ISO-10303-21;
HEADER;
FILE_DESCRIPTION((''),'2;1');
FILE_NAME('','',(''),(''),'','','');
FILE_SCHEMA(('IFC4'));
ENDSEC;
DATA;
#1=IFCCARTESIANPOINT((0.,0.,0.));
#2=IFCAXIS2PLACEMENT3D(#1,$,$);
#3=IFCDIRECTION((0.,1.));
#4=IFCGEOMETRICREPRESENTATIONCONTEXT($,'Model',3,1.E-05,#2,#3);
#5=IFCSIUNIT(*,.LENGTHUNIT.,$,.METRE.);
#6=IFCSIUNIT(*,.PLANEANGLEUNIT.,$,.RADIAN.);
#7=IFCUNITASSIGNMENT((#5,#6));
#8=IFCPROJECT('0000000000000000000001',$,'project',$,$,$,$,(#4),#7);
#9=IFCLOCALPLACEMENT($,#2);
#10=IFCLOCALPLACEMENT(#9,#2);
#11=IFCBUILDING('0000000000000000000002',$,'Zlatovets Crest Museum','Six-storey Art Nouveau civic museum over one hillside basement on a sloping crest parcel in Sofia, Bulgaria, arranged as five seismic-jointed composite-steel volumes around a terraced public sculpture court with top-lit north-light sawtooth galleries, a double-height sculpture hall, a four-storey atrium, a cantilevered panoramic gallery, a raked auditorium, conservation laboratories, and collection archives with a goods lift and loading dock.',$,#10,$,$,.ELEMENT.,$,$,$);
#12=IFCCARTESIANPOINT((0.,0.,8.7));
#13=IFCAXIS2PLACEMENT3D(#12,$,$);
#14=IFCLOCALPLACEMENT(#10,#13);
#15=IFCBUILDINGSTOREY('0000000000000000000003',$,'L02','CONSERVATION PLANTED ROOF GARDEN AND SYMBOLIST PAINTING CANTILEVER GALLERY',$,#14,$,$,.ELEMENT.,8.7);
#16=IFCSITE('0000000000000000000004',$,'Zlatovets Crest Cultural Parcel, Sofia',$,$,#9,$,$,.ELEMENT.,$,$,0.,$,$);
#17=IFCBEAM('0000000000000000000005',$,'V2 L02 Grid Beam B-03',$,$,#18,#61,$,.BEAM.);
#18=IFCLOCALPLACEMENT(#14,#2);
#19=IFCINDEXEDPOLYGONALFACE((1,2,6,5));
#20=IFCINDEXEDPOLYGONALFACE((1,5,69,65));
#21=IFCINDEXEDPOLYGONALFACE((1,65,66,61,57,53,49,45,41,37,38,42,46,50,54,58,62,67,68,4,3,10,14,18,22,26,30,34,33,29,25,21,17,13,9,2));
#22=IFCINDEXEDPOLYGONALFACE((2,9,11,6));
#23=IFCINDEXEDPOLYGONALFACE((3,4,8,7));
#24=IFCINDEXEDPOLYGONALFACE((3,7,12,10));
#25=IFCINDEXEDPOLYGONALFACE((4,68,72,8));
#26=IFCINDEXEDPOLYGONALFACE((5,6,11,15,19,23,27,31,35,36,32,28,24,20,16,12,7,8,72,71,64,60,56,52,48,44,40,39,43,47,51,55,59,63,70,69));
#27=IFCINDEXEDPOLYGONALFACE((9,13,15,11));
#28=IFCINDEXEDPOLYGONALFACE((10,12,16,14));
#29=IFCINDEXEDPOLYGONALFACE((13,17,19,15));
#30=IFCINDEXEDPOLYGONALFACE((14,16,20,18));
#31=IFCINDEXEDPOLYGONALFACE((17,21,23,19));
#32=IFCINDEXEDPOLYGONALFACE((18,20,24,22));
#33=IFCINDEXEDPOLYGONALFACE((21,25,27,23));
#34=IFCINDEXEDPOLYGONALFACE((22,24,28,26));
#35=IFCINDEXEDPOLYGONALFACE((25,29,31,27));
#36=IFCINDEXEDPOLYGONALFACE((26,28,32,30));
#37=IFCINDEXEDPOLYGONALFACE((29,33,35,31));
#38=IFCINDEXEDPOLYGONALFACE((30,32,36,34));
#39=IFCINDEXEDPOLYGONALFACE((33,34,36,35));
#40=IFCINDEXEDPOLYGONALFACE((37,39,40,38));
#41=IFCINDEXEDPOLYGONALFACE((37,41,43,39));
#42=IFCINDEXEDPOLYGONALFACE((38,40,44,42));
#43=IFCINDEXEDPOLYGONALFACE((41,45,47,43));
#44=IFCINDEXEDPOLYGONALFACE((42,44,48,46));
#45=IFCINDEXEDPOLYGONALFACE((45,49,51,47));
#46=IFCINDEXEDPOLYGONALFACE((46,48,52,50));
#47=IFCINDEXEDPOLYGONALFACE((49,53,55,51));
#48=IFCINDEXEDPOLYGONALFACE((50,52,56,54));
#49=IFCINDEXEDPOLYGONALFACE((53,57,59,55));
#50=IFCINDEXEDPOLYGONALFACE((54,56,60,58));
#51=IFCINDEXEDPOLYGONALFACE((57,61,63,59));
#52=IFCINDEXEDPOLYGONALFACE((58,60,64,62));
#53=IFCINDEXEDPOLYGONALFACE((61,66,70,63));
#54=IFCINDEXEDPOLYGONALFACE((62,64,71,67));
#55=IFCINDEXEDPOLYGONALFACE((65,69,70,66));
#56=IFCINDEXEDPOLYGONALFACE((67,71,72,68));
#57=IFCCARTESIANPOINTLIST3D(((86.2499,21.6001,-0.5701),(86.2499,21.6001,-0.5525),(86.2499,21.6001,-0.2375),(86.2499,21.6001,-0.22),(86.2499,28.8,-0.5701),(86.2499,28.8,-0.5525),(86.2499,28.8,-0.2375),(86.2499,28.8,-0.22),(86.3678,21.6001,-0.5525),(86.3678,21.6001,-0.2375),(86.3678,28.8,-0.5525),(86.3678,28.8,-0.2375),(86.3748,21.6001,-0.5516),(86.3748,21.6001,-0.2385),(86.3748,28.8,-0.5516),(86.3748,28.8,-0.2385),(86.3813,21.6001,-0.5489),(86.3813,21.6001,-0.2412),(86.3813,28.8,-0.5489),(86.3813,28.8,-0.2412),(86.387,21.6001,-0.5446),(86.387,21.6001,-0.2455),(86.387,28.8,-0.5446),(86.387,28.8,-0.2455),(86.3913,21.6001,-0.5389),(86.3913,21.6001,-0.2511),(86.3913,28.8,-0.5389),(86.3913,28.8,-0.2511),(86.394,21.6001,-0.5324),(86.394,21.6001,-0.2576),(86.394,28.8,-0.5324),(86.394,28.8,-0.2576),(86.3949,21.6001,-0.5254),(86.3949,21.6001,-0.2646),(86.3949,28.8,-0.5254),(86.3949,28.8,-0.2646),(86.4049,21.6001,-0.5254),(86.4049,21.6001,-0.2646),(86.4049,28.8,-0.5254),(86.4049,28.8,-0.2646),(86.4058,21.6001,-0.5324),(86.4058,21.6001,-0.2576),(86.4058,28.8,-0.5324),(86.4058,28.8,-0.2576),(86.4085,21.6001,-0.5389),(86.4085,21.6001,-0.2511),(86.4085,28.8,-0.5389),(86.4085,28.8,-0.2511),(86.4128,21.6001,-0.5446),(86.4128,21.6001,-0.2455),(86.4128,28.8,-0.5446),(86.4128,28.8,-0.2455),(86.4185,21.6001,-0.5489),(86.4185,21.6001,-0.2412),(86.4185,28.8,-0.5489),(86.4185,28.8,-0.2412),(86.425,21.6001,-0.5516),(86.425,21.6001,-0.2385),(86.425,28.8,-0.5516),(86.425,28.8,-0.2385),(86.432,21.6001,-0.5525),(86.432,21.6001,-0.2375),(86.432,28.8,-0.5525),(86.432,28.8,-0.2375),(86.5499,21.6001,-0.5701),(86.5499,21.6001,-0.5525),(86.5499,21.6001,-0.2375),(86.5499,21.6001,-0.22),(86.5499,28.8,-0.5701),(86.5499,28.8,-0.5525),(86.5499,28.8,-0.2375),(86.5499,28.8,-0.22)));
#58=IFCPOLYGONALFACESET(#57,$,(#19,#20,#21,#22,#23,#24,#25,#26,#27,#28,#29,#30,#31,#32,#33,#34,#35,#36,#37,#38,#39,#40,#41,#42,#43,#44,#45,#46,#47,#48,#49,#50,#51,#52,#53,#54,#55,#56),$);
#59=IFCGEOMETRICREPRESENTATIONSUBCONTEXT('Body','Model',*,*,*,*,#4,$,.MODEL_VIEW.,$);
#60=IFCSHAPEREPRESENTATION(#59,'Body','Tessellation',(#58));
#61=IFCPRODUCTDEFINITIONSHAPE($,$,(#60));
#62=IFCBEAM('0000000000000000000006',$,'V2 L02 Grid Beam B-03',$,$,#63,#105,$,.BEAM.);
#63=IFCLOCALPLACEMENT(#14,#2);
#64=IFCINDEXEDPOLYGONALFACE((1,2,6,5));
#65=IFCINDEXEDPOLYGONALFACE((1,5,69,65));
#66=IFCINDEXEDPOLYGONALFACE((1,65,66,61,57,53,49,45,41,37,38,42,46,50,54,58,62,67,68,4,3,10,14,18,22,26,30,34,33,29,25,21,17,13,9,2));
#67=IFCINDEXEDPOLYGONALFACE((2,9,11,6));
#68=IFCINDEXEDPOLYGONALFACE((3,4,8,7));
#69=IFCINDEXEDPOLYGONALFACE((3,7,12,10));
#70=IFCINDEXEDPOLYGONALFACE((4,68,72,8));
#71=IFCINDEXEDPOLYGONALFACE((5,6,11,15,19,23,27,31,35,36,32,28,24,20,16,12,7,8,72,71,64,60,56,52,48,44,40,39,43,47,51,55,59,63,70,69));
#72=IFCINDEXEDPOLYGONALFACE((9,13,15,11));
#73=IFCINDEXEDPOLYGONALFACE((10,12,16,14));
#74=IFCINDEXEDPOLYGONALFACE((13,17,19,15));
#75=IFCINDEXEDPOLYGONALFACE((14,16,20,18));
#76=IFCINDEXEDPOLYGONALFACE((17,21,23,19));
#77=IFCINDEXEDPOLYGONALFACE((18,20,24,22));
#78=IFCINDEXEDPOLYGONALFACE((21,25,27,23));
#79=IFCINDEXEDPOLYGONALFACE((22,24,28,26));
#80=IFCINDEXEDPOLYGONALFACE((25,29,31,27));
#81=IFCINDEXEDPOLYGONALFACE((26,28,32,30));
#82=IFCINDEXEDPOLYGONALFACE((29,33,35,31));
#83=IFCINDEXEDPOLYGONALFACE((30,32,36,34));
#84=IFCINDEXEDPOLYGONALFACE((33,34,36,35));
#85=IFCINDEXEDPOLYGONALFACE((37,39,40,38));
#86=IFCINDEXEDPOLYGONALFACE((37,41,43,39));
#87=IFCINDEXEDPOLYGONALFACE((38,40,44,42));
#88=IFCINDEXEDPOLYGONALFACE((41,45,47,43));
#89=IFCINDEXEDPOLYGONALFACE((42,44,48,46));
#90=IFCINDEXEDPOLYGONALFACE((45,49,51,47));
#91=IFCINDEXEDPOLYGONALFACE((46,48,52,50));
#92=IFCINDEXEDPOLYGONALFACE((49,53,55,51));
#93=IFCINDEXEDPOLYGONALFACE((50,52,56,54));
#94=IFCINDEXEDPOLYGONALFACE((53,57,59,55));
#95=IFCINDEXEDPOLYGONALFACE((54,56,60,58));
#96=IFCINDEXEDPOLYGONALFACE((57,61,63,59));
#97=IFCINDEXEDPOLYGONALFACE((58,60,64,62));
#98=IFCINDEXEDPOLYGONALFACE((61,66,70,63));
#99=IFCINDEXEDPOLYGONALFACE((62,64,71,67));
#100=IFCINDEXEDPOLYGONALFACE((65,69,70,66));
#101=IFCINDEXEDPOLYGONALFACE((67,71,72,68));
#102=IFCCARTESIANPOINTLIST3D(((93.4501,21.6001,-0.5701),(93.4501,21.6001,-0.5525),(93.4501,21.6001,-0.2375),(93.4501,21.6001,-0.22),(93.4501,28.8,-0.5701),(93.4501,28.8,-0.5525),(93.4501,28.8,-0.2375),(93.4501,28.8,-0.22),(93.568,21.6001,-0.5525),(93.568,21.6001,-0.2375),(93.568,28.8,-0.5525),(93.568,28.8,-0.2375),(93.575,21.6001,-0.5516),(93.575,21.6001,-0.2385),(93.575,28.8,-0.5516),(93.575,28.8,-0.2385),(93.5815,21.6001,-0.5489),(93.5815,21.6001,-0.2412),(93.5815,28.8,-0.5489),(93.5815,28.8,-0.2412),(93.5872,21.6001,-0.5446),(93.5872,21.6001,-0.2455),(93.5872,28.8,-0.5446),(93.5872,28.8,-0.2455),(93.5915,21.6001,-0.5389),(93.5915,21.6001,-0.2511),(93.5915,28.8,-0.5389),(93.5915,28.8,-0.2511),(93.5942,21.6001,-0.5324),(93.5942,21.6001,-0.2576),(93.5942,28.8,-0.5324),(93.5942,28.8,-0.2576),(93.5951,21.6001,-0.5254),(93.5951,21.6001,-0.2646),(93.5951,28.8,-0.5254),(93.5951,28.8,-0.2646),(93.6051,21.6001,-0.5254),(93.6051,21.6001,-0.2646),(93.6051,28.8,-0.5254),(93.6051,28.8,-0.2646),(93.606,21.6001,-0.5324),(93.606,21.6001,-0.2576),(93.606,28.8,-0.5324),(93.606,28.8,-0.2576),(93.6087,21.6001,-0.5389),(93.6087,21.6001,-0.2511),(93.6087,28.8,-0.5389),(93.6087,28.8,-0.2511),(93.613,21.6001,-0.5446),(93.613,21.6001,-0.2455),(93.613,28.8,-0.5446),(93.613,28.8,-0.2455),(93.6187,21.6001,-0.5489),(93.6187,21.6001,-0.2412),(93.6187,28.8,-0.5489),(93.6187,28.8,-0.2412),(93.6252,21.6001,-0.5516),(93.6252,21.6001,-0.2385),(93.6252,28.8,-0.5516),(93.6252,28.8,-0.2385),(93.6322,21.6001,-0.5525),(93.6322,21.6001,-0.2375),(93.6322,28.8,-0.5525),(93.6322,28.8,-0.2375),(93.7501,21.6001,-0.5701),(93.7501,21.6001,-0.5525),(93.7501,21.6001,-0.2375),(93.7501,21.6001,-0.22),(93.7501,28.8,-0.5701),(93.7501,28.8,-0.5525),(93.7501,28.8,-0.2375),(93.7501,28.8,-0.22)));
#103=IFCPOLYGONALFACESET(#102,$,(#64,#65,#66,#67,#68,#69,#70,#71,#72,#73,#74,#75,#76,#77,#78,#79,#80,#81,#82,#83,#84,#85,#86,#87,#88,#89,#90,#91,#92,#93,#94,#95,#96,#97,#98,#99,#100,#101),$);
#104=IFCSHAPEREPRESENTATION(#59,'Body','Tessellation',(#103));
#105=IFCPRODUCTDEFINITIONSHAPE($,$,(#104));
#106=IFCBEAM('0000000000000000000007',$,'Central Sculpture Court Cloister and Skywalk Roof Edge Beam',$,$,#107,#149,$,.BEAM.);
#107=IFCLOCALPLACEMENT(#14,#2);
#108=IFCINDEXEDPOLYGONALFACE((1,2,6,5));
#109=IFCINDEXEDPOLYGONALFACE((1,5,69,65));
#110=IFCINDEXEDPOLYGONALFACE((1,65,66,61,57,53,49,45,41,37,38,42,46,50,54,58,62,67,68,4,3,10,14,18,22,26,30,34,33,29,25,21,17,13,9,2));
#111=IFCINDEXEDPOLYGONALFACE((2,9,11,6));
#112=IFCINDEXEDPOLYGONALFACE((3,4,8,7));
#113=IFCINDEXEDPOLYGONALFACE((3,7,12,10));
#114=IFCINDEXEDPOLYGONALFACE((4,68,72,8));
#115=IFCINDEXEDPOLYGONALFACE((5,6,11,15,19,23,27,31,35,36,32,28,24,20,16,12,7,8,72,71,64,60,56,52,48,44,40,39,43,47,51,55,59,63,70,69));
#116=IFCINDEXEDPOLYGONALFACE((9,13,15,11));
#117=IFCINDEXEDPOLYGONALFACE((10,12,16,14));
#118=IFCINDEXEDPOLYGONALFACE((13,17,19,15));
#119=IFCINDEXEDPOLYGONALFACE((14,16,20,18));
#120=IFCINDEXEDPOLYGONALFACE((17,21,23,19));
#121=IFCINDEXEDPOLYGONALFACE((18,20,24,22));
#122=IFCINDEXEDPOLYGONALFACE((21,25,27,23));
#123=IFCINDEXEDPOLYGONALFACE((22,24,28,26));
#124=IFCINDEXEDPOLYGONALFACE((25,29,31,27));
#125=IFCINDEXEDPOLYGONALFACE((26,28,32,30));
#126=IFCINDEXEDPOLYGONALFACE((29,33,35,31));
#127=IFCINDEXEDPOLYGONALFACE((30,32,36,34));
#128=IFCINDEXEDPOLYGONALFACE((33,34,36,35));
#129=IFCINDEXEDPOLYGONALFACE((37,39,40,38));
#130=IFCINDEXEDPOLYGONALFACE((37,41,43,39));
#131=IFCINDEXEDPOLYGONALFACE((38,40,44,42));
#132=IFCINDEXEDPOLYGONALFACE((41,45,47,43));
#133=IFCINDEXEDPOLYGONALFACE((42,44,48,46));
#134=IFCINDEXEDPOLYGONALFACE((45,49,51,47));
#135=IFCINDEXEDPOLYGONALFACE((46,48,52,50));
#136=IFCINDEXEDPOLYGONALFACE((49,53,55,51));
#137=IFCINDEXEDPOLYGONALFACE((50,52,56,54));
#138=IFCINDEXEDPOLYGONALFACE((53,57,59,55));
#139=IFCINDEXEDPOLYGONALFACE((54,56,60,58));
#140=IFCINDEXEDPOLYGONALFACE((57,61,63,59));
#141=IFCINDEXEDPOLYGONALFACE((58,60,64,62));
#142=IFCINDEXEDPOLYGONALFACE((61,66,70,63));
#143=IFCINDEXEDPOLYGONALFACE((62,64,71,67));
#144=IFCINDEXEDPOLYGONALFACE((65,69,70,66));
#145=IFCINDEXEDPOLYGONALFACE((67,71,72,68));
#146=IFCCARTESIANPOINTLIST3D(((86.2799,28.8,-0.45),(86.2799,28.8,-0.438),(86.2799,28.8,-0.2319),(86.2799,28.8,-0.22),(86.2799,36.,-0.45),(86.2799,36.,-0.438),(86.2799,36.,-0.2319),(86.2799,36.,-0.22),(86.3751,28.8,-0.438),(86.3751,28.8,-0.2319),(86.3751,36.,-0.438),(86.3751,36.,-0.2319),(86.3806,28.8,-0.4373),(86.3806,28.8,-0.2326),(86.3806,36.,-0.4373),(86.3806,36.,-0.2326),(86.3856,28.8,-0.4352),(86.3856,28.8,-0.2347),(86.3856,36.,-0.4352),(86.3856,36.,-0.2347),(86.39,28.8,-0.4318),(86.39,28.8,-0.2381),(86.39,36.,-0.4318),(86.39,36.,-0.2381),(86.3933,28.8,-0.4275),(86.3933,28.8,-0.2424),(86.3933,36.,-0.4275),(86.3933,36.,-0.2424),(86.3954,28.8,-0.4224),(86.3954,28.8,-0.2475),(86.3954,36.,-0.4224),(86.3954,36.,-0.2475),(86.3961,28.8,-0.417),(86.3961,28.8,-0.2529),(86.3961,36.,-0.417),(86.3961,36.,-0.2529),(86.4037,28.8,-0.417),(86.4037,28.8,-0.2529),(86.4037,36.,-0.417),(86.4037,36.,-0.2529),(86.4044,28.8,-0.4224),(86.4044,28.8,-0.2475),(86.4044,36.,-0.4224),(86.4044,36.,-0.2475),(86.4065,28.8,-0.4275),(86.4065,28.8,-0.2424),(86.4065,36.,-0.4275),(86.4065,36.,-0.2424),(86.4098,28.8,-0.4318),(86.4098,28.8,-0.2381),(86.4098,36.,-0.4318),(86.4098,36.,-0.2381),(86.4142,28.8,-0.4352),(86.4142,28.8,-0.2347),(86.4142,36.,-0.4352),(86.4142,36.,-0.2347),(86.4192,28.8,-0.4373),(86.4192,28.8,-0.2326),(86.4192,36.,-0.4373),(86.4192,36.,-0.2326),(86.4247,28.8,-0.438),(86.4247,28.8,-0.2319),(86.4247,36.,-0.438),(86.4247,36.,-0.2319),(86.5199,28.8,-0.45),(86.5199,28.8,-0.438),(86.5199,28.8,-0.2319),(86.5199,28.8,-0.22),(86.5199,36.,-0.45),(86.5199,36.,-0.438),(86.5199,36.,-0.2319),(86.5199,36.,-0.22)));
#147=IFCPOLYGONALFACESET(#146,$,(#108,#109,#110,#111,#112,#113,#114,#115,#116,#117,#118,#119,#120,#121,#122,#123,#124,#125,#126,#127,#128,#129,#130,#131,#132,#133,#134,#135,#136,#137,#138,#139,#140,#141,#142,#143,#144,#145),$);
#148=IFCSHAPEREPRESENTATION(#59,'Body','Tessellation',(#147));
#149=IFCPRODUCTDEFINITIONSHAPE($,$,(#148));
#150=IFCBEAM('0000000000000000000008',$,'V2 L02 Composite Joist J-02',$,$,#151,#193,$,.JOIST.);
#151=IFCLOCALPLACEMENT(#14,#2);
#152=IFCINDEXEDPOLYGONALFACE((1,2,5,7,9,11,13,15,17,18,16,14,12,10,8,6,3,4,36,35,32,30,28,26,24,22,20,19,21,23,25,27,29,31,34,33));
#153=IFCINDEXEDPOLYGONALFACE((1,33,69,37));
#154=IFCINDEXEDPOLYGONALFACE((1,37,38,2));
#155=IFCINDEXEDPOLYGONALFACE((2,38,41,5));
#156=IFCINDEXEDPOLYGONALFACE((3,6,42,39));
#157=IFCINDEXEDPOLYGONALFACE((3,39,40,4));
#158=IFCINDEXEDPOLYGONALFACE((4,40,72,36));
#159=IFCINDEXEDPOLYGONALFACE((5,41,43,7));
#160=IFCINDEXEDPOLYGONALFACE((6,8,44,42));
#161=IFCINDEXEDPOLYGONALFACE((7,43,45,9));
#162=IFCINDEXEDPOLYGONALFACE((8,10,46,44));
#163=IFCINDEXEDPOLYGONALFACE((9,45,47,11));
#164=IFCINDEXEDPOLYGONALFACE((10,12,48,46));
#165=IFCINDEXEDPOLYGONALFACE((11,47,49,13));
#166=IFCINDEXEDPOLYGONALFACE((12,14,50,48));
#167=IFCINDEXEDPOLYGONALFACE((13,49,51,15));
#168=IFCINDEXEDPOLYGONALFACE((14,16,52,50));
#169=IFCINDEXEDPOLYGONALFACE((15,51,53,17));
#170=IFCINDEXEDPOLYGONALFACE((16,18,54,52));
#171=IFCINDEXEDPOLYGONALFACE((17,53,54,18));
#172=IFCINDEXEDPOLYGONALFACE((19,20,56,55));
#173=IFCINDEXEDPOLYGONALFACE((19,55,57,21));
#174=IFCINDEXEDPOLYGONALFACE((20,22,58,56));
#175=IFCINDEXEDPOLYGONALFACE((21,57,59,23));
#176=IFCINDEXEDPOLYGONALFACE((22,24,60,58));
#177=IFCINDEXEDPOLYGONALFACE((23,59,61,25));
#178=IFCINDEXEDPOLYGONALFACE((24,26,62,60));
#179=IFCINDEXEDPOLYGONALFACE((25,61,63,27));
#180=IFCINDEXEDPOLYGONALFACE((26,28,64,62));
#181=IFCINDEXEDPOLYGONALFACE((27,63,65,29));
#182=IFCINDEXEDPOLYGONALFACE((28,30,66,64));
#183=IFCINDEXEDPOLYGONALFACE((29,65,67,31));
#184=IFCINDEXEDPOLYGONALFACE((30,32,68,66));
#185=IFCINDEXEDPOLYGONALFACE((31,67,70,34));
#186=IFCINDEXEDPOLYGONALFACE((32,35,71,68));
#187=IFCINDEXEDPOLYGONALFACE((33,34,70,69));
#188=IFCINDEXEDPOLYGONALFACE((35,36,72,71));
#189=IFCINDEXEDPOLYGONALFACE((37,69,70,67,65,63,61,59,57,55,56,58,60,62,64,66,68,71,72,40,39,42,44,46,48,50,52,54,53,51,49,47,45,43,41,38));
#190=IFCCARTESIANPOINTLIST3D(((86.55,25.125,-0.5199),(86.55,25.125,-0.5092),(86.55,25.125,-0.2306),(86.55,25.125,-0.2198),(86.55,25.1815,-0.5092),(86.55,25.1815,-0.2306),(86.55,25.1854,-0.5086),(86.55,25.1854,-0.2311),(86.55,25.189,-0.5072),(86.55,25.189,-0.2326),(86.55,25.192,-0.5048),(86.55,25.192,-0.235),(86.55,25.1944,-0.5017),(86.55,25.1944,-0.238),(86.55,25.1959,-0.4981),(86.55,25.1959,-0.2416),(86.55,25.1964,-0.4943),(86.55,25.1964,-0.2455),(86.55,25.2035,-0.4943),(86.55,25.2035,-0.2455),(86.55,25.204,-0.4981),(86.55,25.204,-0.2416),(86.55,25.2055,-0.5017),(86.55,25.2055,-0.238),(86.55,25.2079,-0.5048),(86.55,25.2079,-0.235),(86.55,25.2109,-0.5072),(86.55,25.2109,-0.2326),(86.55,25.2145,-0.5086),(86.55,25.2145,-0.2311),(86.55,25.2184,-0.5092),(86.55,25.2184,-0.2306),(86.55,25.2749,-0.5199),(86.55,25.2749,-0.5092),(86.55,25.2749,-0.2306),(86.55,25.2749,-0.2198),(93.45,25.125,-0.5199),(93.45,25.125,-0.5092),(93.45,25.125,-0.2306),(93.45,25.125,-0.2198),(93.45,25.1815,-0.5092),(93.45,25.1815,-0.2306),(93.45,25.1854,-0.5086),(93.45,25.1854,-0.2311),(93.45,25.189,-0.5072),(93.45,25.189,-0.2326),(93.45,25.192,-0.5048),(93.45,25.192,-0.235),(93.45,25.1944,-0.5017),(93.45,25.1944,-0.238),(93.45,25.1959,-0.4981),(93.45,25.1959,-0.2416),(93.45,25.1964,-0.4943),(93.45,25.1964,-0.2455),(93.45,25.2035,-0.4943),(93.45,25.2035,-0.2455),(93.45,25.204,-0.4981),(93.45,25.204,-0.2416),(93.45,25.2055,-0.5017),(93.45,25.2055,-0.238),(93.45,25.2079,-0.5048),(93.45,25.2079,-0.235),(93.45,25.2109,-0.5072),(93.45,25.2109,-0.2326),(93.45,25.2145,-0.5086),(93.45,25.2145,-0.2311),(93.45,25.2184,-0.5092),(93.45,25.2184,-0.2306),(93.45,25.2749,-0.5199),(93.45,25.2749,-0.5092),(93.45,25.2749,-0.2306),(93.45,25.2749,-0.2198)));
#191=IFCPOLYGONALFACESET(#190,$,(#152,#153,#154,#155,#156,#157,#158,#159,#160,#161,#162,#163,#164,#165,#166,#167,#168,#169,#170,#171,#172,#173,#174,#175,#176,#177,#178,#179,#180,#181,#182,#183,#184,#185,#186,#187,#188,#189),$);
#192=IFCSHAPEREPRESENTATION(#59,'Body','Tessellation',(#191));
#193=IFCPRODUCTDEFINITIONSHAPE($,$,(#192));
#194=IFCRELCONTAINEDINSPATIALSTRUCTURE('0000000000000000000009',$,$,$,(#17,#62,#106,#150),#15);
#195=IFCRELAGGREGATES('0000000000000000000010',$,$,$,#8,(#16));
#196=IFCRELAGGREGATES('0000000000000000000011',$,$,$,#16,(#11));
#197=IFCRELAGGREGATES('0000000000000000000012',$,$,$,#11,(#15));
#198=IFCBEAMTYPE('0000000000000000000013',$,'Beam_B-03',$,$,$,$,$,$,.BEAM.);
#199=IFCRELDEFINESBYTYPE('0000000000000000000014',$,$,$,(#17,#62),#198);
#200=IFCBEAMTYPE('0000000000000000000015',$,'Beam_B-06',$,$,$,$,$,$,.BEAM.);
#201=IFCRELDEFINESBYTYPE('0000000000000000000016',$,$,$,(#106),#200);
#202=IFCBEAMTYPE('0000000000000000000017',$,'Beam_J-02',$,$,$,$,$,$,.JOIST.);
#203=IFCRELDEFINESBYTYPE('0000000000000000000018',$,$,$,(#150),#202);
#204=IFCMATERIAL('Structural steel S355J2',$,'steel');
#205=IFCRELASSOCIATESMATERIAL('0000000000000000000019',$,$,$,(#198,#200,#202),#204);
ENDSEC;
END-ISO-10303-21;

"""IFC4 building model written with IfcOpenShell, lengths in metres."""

from ifc_helpers import new_model, si_unit, direction, frame, origin, origin_2d, place, context, subcontext, project, spatial, i_section, extrude, material, material_profile, profile_set, type_object, element, save


model = new_model("IFC4")

# Units and contexts
model_context = context("Model", 3, precision=1e-05, world=origin(), true_north=direction((0.0, 1.0)))
body_context = subcontext(model_context, "Body", "Model", "MODEL_VIEW")
ifc_project = project(units=[si_unit("LENGTHUNIT", "METRE"), si_unit("PLANEANGLEUNIT", "RADIAN")], contexts=[model_context])

# Site, building, storey
site_placement = place(None, origin())
site = spatial("IfcSite", under=ifc_project, at=site_placement, Name="Zlatovets Crest Cultural Parcel, Sofia", CompositionType="ELEMENT", RefElevation=0.0)
building_placement = place(site_placement, origin())
building = spatial("IfcBuilding", under=site, at=building_placement, Name="Zlatovets Crest Museum", Description="Six-storey Art Nouveau civic museum over one hillside basement on a sloping crest parcel in Sofia, Bulgaria, arranged as five seismic-jointed composite-steel volumes around a terraced public sculpture court with top-lit north-light sawtooth galleries, a double-height sculpture hall, a four-storey atrium, a cantilevered panoramic gallery, a raked auditorium, conservation laboratories, and collection archives with a goods lift and loading dock.", CompositionType="ELEMENT")
storey_placement = place(building_placement, frame((0.0, 0.0, 8.7)))
storey = spatial("IfcBuildingStorey", under=building, at=storey_placement, Name="L02", Description="CONSERVATION PLANTED ROOF GARDEN AND SYMBOLIST PAINTING CANTILEVER GALLERY", CompositionType="ELEMENT", Elevation=8.7)

# Shared definitions
ifc_material_1 = material(Name="Structural steel S355J2", Category="steel")

# Beams
ifc_material_profile_1 = material_profile(ifc_material_1, i_section(OverallWidth=0.3, OverallDepth=0.3501, WebThickness=0.01, FlangeThickness=0.0176, FilletRadius=0.0271, at=origin_2d()), Name="HEA 360")
ifc_profile_set_1 = profile_set([ifc_material_profile_1], Name="Structural steel S355J2")
beam_type_1 = type_object("IfcBeamType", Name="Beam_B-03", PredefinedType="BEAM", material=ifc_profile_set_1)
for number, where, z_axis, x_axis, name in (
    (1, (86.3999, 21.6001, -0.395), (0.0, 1.0, 0.0), (-1.0, 0.0, 0.0), "V2 L02 Grid Beam B-03"),
    (2, (93.6001, 21.6001, -0.395), (0.0, 1.0, 0.0), (-1.0, 0.0, 0.0), "V2 L02 Grid Beam B-03"),
):
    element("IfcBeam", number, at=place(storey_placement, frame(where, z_axis=z_axis, x_axis=x_axis)), inside=storey, type_object=beam_type_1, Name=name, PredefinedType="BEAM", context=body_context, shape_type="SweptSolid", body=[
        extrude(i_section(OverallWidth=0.3, OverallDepth=0.3501, WebThickness=0.01, FlangeThickness=0.0176, FilletRadius=0.0271, at=origin_2d()), origin(), (0.0, 0.0, 1.0), 7.2),
    ])
ifc_material_profile_2 = material_profile(ifc_material_1, i_section(OverallWidth=0.24, OverallDepth=0.23, WebThickness=0.0076, FlangeThickness=0.012, FilletRadius=0.021, at=origin_2d()), Name="HEA 240")
ifc_profile_set_2 = profile_set([ifc_material_profile_2], Name="Structural steel S355J2")
beam_type_2 = type_object("IfcBeamType", Name="Beam_B-06", PredefinedType="BEAM", material=ifc_profile_set_2)
beam_1_placement = place(storey_placement, frame((86.3999, 28.8, -0.335), z_axis=(0.0, 1.0, 0.0), x_axis=(-1.0, 0.0, 0.0)))
element("IfcBeam", 3, at=beam_1_placement, inside=storey, type_object=beam_type_2, Name="Central Sculpture Court Cloister and Skywalk Roof Edge Beam", PredefinedType="BEAM", context=body_context, shape_type="SweptSolid", body=[
    extrude(i_section(OverallWidth=0.24, OverallDepth=0.23, WebThickness=0.0076, FlangeThickness=0.012, FilletRadius=0.021, at=origin_2d()), origin(), (0.0, 0.0, 1.0), 7.2),
])
ifc_material_profile_3 = material_profile(ifc_material_1, i_section(OverallWidth=0.1499, OverallDepth=0.3, WebThickness=0.0071, FlangeThickness=0.0107, FilletRadius=0.0149, at=origin_2d()), Name="IPE 300")
ifc_profile_set_3 = profile_set([ifc_material_profile_3], Name="Structural steel S355J2")
beam_type_3 = type_object("IfcBeamType", Name="Beam_J-02", PredefinedType="JOIST", material=ifc_profile_set_3)
for number, where, z_axis, x_axis, name in (
    (4, (86.55, 25.2, -0.3699), (1.0, 0.0, 0.0), (0.0, 1.0, 0.0), "V2 L02 Composite Joist J-02"),
):
    element("IfcBeam", number, at=place(storey_placement, frame(where, z_axis=z_axis, x_axis=x_axis)), inside=storey, type_object=beam_type_3, Name=name, PredefinedType="JOIST", context=body_context, shape_type="SweptSolid", body=[
        extrude(i_section(OverallWidth=0.1499, OverallDepth=0.3, WebThickness=0.0071, FlangeThickness=0.0107, FilletRadius=0.0149, at=origin_2d()), origin(), (0.0, 0.0, 1.0), 6.8999),
    ])

save(model, "model.ifc")
